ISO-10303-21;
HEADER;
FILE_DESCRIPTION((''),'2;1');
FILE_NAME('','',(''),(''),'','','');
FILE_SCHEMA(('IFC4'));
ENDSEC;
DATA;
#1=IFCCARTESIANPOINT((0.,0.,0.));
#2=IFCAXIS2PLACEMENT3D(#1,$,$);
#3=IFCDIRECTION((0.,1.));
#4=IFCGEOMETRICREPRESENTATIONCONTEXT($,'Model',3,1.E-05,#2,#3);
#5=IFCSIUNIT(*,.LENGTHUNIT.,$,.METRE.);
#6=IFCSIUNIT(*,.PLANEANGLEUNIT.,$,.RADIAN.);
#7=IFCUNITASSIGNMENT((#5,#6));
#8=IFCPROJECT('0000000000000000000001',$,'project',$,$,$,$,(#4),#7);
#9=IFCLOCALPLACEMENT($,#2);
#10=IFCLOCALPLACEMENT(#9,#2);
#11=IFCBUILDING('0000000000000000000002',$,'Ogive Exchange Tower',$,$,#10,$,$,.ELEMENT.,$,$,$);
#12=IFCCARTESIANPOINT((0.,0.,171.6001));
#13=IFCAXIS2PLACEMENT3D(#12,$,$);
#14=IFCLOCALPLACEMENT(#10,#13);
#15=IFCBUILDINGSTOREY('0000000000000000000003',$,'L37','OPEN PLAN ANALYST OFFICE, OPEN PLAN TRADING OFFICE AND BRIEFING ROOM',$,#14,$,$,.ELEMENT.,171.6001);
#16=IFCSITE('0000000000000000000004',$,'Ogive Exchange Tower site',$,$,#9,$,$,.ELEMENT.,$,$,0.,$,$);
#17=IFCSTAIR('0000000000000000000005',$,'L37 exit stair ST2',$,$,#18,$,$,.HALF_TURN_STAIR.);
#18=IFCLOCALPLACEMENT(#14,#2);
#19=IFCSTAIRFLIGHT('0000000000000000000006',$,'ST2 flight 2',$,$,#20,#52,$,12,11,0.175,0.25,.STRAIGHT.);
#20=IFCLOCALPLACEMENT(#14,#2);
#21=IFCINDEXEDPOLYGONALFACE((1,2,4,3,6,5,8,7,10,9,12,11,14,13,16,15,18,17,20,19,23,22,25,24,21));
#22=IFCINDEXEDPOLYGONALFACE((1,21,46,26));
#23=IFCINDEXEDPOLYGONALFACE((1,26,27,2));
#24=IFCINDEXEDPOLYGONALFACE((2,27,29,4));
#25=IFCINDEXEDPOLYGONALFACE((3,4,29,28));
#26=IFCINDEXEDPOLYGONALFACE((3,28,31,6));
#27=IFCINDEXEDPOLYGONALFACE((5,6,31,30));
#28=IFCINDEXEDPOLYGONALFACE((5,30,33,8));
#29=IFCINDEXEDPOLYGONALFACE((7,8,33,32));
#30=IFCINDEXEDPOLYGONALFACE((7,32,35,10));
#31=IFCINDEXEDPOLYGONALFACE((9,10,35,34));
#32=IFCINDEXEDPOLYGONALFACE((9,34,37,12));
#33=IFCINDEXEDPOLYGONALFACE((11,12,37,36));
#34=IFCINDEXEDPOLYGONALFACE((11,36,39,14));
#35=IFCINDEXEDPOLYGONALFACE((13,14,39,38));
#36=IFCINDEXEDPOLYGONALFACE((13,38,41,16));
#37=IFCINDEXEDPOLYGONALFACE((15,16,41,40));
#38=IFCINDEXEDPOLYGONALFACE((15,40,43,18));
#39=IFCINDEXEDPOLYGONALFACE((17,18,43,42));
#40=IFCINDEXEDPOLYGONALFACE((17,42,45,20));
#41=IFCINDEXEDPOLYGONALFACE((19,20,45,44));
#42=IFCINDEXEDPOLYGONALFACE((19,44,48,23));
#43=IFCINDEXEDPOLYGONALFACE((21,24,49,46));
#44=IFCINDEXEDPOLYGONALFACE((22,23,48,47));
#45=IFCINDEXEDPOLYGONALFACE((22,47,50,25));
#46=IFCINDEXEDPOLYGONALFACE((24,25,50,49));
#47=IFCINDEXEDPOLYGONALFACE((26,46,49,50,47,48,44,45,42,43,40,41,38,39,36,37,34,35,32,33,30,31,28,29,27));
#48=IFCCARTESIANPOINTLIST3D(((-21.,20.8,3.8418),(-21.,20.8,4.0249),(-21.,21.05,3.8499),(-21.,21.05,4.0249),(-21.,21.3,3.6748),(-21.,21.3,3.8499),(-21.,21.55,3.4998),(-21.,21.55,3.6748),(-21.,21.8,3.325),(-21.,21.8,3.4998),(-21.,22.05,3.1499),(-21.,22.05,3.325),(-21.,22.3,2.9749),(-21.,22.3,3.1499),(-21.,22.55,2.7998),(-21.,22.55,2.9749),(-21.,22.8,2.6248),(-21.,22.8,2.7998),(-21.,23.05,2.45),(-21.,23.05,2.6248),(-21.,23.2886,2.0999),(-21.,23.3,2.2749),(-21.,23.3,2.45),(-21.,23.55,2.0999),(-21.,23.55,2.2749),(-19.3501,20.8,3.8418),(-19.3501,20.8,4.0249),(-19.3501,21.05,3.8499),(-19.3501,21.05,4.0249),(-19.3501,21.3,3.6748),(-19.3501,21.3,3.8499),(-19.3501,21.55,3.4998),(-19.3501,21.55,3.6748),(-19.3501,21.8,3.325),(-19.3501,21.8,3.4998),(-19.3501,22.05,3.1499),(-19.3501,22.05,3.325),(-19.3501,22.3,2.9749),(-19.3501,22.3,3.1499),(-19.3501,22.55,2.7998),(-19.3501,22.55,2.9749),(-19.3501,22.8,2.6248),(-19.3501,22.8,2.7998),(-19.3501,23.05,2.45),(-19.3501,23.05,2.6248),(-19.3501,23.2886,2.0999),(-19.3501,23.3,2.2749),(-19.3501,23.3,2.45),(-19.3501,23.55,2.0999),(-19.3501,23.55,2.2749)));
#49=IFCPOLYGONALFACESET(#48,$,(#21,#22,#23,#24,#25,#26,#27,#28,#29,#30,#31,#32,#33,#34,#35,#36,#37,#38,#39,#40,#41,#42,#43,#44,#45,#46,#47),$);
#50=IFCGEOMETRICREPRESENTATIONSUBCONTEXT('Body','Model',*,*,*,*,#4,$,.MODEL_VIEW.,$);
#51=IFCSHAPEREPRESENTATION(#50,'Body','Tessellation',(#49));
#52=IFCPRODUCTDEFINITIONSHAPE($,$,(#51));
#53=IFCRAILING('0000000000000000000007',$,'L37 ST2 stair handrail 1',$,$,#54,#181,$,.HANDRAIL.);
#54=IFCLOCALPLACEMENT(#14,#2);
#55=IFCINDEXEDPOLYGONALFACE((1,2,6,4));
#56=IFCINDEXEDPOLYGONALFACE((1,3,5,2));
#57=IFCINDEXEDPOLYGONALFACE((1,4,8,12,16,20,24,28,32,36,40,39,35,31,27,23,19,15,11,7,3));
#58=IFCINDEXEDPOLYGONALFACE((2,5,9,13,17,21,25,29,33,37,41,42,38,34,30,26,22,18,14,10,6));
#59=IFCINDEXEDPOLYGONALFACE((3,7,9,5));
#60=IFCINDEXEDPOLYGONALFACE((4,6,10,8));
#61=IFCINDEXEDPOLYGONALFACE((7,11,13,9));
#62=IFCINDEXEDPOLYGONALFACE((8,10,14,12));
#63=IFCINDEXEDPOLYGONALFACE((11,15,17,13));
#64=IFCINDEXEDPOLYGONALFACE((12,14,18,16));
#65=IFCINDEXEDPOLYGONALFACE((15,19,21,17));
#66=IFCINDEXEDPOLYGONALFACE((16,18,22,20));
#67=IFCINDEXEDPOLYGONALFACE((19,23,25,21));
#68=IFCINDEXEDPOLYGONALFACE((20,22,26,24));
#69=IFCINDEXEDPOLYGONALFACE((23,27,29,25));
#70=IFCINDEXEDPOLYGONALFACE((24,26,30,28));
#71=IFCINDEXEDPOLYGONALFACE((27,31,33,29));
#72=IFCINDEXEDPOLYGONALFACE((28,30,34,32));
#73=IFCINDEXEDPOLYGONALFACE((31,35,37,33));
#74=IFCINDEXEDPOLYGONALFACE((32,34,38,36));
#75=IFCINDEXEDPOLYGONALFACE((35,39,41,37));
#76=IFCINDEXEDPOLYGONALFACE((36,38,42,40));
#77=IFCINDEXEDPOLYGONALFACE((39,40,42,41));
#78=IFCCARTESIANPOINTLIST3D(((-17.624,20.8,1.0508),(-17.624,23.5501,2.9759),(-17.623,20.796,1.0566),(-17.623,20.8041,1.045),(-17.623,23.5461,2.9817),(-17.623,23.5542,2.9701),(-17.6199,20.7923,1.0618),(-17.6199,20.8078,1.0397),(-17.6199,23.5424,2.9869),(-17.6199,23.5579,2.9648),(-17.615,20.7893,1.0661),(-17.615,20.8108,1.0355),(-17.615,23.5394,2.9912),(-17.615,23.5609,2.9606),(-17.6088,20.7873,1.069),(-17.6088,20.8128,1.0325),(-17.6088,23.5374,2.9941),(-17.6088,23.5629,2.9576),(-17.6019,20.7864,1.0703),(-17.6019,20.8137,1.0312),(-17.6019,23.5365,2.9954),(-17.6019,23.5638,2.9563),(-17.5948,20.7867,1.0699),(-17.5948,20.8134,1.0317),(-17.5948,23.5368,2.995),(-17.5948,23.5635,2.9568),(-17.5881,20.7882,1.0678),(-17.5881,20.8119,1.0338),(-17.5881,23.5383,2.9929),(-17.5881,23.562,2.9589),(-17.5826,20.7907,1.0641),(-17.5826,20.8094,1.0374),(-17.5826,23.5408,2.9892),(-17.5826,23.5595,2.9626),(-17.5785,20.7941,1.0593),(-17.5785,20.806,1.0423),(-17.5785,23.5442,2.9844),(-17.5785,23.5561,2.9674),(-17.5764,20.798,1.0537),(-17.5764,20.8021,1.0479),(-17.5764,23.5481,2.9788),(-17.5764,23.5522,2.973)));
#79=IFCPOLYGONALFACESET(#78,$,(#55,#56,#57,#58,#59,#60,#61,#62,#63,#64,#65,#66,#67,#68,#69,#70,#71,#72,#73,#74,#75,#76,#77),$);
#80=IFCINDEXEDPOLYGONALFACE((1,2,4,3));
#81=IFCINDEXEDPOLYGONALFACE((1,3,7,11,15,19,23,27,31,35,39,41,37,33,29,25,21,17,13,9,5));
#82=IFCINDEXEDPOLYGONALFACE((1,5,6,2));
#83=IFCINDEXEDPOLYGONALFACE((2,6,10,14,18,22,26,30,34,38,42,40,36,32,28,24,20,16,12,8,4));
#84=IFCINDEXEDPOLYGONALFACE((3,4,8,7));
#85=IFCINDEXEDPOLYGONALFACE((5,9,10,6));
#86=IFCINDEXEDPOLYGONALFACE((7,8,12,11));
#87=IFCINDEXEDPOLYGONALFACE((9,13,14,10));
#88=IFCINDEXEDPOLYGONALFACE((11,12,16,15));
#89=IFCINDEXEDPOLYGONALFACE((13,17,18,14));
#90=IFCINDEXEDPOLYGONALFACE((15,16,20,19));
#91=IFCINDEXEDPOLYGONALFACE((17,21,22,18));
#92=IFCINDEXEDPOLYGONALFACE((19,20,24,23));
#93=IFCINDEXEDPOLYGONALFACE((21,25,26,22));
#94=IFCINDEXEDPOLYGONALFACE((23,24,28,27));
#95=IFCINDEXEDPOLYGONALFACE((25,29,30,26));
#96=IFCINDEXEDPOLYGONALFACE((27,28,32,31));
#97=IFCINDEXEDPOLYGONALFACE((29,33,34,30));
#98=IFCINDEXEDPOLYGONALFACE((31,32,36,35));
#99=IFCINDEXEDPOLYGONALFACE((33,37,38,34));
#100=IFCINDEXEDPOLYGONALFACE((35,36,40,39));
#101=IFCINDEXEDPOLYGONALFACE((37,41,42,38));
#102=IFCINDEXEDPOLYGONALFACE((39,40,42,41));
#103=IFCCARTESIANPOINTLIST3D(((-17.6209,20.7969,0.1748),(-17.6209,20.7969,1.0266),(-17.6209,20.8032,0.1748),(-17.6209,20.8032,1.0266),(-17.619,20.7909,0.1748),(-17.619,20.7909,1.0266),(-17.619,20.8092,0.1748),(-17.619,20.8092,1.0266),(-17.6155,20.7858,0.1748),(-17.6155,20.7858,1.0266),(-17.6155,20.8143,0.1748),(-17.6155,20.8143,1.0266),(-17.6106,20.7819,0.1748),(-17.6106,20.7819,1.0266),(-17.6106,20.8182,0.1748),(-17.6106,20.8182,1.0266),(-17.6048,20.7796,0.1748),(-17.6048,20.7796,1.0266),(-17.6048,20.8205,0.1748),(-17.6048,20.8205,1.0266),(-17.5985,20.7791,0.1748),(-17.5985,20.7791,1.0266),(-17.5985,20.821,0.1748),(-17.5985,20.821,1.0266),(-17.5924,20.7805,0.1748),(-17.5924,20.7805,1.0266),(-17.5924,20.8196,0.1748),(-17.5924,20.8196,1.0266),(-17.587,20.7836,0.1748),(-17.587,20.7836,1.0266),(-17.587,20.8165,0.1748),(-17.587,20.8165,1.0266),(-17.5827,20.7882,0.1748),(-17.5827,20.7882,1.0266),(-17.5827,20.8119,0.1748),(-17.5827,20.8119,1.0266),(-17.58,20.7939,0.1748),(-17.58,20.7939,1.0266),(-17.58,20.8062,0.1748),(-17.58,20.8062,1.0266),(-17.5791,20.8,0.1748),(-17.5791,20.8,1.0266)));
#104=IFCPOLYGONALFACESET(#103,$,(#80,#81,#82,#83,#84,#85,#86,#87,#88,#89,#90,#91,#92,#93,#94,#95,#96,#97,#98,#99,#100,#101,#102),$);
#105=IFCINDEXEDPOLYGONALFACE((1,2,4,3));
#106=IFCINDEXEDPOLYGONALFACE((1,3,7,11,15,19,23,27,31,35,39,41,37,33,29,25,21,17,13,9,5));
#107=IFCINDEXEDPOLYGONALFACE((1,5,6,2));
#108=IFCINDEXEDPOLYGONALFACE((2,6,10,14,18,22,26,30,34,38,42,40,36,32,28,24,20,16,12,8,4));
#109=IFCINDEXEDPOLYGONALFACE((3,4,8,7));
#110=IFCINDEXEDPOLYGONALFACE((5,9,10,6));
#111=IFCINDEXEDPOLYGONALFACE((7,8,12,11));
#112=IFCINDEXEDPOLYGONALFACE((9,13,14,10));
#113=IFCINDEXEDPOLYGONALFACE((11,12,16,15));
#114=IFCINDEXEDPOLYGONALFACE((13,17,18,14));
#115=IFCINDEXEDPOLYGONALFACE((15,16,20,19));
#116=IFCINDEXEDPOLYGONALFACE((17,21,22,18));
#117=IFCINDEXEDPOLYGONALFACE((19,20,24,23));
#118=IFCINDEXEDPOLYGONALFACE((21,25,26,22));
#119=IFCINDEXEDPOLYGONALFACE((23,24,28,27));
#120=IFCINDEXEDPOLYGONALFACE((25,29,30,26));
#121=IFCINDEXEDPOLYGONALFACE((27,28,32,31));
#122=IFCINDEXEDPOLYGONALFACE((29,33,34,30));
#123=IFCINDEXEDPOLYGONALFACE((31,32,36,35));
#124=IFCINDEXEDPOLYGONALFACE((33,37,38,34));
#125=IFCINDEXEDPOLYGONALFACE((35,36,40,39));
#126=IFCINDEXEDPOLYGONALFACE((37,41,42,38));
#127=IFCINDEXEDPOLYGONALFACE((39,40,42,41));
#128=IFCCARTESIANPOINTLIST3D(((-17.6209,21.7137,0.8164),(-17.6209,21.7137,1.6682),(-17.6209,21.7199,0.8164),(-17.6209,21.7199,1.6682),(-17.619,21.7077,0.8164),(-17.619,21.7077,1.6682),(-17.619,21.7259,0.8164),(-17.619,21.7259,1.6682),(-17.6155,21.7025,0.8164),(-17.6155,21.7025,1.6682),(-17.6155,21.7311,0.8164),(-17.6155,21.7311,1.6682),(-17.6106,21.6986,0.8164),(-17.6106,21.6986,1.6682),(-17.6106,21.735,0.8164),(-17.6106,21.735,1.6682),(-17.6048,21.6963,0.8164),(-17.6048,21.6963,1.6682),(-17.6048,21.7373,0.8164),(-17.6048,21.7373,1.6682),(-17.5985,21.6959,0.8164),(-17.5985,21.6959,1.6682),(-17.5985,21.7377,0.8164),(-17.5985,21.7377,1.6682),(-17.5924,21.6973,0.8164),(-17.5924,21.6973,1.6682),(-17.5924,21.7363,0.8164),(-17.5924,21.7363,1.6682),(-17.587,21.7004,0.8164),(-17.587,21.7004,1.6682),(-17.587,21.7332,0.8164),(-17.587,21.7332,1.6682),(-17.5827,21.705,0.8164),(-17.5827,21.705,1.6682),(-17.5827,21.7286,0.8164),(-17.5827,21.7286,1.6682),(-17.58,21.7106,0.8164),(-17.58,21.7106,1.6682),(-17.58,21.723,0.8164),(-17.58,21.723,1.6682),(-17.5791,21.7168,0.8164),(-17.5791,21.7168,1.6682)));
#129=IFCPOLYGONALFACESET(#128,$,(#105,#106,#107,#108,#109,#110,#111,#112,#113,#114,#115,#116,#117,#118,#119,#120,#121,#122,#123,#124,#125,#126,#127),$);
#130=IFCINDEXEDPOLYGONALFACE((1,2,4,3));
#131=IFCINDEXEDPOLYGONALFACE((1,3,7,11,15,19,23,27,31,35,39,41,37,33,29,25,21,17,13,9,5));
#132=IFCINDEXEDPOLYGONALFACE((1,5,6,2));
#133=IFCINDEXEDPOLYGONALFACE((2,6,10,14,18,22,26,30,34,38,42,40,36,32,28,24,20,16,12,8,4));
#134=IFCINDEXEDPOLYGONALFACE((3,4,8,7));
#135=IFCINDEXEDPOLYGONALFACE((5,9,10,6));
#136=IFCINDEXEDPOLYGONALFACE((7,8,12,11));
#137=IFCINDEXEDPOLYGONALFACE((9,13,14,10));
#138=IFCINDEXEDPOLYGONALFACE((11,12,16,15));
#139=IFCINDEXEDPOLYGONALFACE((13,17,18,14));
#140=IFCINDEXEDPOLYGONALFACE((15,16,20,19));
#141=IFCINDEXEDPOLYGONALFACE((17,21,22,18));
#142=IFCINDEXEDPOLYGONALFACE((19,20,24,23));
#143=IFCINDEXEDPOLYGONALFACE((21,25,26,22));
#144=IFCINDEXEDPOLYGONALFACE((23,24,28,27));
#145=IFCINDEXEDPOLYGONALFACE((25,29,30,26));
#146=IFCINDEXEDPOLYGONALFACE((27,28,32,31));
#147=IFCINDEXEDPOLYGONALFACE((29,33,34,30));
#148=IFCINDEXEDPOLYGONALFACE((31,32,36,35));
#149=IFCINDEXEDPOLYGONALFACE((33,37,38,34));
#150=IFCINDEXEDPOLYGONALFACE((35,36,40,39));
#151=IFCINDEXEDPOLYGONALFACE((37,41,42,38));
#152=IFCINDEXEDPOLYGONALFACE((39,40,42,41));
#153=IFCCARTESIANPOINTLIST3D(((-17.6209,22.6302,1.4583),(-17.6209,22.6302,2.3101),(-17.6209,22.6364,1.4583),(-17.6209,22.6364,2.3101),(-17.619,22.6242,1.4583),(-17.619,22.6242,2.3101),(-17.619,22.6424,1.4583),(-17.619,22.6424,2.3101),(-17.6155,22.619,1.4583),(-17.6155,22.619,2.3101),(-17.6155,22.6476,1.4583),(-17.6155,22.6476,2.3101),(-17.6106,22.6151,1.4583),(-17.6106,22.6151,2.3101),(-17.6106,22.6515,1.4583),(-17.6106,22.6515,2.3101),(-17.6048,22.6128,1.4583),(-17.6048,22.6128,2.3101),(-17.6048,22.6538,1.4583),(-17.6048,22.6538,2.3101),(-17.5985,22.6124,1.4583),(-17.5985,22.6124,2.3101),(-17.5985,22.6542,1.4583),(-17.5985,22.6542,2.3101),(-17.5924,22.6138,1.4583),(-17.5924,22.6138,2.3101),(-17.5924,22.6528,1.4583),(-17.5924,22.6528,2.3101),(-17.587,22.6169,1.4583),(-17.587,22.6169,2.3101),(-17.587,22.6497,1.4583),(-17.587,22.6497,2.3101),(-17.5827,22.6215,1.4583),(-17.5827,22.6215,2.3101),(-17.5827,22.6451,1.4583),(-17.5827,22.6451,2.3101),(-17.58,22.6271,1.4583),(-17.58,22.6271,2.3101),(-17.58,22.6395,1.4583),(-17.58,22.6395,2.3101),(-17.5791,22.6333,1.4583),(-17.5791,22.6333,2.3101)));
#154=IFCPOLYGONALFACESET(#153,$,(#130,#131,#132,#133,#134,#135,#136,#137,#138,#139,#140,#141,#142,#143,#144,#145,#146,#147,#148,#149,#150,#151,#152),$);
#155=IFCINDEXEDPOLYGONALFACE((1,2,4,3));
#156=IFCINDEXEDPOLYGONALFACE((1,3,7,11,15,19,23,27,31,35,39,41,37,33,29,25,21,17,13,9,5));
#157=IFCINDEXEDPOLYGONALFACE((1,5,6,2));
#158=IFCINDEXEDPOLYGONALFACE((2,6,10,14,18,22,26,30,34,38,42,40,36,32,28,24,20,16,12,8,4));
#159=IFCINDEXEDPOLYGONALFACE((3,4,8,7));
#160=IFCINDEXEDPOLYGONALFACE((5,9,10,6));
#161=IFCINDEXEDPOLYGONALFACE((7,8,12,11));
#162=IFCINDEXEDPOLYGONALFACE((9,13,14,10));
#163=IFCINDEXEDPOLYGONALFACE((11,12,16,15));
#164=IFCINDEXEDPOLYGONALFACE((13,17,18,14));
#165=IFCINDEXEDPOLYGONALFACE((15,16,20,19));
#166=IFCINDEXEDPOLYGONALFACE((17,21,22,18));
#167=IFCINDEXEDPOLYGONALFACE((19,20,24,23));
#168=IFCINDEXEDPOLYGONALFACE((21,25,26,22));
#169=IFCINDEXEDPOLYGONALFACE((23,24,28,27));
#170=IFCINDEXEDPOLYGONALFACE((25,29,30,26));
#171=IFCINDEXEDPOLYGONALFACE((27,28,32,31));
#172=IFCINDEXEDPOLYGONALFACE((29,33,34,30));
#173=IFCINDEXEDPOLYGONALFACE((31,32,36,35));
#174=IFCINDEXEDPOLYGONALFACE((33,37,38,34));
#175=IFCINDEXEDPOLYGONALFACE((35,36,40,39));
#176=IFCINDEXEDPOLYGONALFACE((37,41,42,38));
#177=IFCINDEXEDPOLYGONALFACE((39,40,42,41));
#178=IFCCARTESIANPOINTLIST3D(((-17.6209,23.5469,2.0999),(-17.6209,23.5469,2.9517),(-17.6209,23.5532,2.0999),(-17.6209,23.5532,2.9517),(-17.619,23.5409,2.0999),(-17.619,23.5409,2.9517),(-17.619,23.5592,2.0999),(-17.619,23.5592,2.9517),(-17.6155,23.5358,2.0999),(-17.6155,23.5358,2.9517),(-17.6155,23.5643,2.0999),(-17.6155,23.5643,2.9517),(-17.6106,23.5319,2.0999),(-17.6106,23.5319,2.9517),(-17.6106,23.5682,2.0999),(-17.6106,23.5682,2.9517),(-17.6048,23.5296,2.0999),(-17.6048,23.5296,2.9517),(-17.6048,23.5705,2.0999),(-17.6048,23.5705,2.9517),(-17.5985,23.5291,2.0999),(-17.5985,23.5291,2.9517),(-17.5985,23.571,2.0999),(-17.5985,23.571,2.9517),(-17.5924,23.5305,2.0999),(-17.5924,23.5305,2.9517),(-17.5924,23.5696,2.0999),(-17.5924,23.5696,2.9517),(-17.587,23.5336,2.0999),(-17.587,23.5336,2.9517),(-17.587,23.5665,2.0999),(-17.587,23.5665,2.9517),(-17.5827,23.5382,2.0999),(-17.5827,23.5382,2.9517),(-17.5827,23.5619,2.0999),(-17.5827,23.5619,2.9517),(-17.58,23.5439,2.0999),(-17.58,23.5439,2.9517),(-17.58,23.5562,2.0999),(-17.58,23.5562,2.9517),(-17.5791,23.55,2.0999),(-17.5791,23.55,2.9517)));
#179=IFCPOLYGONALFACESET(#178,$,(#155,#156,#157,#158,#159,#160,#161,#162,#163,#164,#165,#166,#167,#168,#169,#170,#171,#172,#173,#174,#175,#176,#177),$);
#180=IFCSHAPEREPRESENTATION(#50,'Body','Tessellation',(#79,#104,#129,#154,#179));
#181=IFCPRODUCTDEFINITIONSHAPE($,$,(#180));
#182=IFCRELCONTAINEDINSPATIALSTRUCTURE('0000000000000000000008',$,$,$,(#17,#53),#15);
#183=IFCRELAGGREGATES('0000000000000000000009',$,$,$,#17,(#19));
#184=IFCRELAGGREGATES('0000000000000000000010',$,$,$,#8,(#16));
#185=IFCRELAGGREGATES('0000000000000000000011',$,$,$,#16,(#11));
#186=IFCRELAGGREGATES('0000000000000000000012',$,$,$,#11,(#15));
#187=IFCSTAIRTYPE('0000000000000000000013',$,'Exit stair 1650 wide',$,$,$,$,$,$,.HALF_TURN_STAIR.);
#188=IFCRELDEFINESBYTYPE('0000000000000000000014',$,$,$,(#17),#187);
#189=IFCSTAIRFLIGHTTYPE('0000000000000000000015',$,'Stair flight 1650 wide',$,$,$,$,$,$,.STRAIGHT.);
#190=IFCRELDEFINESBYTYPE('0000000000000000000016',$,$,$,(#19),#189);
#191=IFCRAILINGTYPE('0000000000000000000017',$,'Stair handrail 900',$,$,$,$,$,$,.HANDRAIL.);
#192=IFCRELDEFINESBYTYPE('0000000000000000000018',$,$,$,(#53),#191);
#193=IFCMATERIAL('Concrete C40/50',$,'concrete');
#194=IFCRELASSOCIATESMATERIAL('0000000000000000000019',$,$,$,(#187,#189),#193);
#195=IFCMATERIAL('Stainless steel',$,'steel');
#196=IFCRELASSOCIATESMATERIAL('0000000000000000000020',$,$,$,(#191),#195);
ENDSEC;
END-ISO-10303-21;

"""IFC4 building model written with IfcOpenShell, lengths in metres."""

from ifc_helpers import new_model, si_unit, direction, frame, origin, origin_2d, place, context, subcontext, project, spatial, polyline, circle, outline, extrude, material, type_object, element, aggregate, save


model = new_model("IFC4")

# Units and contexts
model_context = context("Model", 3, precision=1e-05, world=origin(), true_north=direction((0.0, 1.0)))
body_context = subcontext(model_context, "Body", "Model", "MODEL_VIEW")
ifc_project = project(units=[si_unit("LENGTHUNIT", "METRE"), si_unit("PLANEANGLEUNIT", "RADIAN")], contexts=[model_context])

# Site, building, storey
site_placement = place(None, origin())
site = spatial("IfcSite", under=ifc_project, at=site_placement, Name="Ogive Exchange Tower site", CompositionType="ELEMENT", RefElevation=0.0)
building_placement = place(site_placement, origin())
building = spatial("IfcBuilding", under=site, at=building_placement, Name="Ogive Exchange Tower", CompositionType="ELEMENT")
storey_placement = place(building_placement, frame((0.0, 0.0, 171.6001)))
storey = spatial("IfcBuildingStorey", under=building, at=storey_placement, Name="L37", Description="OPEN PLAN ANALYST OFFICE, OPEN PLAN TRADING OFFICE AND BRIEFING ROOM", CompositionType="ELEMENT", Elevation=171.6001)

# Stair, stair flight
ifc_material_1 = material(Name="Concrete C40/50", Category="concrete")
stair_type = type_object("IfcStairType", Name="Exit stair 1650 wide", PredefinedType="HALF_TURN_STAIR", material=ifc_material_1)
stair_placement = place(storey_placement, origin())
stair = element("IfcStair", 1, at=stair_placement, inside=storey, type_object=stair_type, Name="L37 exit stair ST2", PredefinedType="HALF_TURN_STAIR")
stair_flight_type = type_object("IfcStairFlightType", Name="Stair flight 1650 wide", PredefinedType="STRAIGHT", material=ifc_material_1)
stair_flight_1_placement = place(storey_placement, frame((-20.175, 23.55, 2.0999), z_axis=(0.0, 0.0, 1.0), x_axis=(0.0, -1.0, 0.0)))
stair_flight_1 = element("IfcStairFlight", 2, at=stair_flight_1_placement, type_object=stair_flight_type, Name="ST2 flight 2", NumberOfRisers=12, NumberOfTreads=11, PredefinedType="STRAIGHT", RiserHeight=0.175, TreadLength=0.25, context=body_context, shape_type="SweptSolid", body=[
    extrude(outline(polyline([(0.0, 0.0), (0.0, 0.175), (0.25, 0.175), (0.25, 0.3501), (0.5, 0.3501), (0.5, 0.5249), (0.75, 0.5249), (0.75, 0.7), (1.0, 0.7), (1.0, 0.875), (1.25, 0.875), (1.25, 1.05), (1.5, 1.05), (1.5, 1.2251), (1.75, 1.2251), (1.75, 1.3999), (2.0, 1.3999), (2.0, 1.575), (2.25, 1.575), (2.25, 1.75), (2.5, 1.75), (2.5, 1.925), (2.75, 1.925), (2.75, 2.1001), (2.75, 1.7419), (0.2615, 0.0), (0.0, 0.0)])), frame((0.0, 0.825, 0.0), z_axis=(0.0, -1.0, 0.0), x_axis=(1.0, 0.0, 0.0)), (0.0, 0.0, 1.0), 1.6499),
])
aggregate(stair, [stair_flight_1])

# Railing
ifc_material_2 = material(Name="Stainless steel", Category="steel")
railing_type = type_object("IfcRailingType", Name="Stair handrail 900", PredefinedType="HANDRAIL", material=ifc_material_2)
railing_1_placement = place(storey_placement, frame((-17.6001, 20.8, 0.1748)))
element("IfcRailing", 3, at=railing_1_placement, inside=storey, type_object=railing_type, Name="L37 ST2 stair handrail 1", PredefinedType="HANDRAIL", context=body_context, shape_type="SweptSolid", body=[
    extrude(circle(Radius=0.0239, at=origin_2d()), frame((0.0, 0.0, 0.876), z_axis=(0.0, 0.819225, 0.573472), x_axis=(-1.0, 0.0, 0.0)), (0.0, 0.0, 1.0), 3.3569),
    extrude(circle(Radius=0.021, at=origin_2d()), origin(), (0.0, 0.0, 1.0), 0.8518),
    extrude(circle(Radius=0.021, at=origin_2d()), frame((0.0, 0.9167, 0.6416)), (0.0, 0.0, 1.0), 0.8518),
    extrude(circle(Radius=0.021, at=origin_2d()), frame((0.0, 1.8333, 1.2834)), (0.0, 0.0, 1.0), 0.8518),
    extrude(circle(Radius=0.021, at=origin_2d()), frame((0.0, 2.75, 1.925)), (0.0, 0.0, 1.0), 0.8518),
])

save(model, "model.ifc")
